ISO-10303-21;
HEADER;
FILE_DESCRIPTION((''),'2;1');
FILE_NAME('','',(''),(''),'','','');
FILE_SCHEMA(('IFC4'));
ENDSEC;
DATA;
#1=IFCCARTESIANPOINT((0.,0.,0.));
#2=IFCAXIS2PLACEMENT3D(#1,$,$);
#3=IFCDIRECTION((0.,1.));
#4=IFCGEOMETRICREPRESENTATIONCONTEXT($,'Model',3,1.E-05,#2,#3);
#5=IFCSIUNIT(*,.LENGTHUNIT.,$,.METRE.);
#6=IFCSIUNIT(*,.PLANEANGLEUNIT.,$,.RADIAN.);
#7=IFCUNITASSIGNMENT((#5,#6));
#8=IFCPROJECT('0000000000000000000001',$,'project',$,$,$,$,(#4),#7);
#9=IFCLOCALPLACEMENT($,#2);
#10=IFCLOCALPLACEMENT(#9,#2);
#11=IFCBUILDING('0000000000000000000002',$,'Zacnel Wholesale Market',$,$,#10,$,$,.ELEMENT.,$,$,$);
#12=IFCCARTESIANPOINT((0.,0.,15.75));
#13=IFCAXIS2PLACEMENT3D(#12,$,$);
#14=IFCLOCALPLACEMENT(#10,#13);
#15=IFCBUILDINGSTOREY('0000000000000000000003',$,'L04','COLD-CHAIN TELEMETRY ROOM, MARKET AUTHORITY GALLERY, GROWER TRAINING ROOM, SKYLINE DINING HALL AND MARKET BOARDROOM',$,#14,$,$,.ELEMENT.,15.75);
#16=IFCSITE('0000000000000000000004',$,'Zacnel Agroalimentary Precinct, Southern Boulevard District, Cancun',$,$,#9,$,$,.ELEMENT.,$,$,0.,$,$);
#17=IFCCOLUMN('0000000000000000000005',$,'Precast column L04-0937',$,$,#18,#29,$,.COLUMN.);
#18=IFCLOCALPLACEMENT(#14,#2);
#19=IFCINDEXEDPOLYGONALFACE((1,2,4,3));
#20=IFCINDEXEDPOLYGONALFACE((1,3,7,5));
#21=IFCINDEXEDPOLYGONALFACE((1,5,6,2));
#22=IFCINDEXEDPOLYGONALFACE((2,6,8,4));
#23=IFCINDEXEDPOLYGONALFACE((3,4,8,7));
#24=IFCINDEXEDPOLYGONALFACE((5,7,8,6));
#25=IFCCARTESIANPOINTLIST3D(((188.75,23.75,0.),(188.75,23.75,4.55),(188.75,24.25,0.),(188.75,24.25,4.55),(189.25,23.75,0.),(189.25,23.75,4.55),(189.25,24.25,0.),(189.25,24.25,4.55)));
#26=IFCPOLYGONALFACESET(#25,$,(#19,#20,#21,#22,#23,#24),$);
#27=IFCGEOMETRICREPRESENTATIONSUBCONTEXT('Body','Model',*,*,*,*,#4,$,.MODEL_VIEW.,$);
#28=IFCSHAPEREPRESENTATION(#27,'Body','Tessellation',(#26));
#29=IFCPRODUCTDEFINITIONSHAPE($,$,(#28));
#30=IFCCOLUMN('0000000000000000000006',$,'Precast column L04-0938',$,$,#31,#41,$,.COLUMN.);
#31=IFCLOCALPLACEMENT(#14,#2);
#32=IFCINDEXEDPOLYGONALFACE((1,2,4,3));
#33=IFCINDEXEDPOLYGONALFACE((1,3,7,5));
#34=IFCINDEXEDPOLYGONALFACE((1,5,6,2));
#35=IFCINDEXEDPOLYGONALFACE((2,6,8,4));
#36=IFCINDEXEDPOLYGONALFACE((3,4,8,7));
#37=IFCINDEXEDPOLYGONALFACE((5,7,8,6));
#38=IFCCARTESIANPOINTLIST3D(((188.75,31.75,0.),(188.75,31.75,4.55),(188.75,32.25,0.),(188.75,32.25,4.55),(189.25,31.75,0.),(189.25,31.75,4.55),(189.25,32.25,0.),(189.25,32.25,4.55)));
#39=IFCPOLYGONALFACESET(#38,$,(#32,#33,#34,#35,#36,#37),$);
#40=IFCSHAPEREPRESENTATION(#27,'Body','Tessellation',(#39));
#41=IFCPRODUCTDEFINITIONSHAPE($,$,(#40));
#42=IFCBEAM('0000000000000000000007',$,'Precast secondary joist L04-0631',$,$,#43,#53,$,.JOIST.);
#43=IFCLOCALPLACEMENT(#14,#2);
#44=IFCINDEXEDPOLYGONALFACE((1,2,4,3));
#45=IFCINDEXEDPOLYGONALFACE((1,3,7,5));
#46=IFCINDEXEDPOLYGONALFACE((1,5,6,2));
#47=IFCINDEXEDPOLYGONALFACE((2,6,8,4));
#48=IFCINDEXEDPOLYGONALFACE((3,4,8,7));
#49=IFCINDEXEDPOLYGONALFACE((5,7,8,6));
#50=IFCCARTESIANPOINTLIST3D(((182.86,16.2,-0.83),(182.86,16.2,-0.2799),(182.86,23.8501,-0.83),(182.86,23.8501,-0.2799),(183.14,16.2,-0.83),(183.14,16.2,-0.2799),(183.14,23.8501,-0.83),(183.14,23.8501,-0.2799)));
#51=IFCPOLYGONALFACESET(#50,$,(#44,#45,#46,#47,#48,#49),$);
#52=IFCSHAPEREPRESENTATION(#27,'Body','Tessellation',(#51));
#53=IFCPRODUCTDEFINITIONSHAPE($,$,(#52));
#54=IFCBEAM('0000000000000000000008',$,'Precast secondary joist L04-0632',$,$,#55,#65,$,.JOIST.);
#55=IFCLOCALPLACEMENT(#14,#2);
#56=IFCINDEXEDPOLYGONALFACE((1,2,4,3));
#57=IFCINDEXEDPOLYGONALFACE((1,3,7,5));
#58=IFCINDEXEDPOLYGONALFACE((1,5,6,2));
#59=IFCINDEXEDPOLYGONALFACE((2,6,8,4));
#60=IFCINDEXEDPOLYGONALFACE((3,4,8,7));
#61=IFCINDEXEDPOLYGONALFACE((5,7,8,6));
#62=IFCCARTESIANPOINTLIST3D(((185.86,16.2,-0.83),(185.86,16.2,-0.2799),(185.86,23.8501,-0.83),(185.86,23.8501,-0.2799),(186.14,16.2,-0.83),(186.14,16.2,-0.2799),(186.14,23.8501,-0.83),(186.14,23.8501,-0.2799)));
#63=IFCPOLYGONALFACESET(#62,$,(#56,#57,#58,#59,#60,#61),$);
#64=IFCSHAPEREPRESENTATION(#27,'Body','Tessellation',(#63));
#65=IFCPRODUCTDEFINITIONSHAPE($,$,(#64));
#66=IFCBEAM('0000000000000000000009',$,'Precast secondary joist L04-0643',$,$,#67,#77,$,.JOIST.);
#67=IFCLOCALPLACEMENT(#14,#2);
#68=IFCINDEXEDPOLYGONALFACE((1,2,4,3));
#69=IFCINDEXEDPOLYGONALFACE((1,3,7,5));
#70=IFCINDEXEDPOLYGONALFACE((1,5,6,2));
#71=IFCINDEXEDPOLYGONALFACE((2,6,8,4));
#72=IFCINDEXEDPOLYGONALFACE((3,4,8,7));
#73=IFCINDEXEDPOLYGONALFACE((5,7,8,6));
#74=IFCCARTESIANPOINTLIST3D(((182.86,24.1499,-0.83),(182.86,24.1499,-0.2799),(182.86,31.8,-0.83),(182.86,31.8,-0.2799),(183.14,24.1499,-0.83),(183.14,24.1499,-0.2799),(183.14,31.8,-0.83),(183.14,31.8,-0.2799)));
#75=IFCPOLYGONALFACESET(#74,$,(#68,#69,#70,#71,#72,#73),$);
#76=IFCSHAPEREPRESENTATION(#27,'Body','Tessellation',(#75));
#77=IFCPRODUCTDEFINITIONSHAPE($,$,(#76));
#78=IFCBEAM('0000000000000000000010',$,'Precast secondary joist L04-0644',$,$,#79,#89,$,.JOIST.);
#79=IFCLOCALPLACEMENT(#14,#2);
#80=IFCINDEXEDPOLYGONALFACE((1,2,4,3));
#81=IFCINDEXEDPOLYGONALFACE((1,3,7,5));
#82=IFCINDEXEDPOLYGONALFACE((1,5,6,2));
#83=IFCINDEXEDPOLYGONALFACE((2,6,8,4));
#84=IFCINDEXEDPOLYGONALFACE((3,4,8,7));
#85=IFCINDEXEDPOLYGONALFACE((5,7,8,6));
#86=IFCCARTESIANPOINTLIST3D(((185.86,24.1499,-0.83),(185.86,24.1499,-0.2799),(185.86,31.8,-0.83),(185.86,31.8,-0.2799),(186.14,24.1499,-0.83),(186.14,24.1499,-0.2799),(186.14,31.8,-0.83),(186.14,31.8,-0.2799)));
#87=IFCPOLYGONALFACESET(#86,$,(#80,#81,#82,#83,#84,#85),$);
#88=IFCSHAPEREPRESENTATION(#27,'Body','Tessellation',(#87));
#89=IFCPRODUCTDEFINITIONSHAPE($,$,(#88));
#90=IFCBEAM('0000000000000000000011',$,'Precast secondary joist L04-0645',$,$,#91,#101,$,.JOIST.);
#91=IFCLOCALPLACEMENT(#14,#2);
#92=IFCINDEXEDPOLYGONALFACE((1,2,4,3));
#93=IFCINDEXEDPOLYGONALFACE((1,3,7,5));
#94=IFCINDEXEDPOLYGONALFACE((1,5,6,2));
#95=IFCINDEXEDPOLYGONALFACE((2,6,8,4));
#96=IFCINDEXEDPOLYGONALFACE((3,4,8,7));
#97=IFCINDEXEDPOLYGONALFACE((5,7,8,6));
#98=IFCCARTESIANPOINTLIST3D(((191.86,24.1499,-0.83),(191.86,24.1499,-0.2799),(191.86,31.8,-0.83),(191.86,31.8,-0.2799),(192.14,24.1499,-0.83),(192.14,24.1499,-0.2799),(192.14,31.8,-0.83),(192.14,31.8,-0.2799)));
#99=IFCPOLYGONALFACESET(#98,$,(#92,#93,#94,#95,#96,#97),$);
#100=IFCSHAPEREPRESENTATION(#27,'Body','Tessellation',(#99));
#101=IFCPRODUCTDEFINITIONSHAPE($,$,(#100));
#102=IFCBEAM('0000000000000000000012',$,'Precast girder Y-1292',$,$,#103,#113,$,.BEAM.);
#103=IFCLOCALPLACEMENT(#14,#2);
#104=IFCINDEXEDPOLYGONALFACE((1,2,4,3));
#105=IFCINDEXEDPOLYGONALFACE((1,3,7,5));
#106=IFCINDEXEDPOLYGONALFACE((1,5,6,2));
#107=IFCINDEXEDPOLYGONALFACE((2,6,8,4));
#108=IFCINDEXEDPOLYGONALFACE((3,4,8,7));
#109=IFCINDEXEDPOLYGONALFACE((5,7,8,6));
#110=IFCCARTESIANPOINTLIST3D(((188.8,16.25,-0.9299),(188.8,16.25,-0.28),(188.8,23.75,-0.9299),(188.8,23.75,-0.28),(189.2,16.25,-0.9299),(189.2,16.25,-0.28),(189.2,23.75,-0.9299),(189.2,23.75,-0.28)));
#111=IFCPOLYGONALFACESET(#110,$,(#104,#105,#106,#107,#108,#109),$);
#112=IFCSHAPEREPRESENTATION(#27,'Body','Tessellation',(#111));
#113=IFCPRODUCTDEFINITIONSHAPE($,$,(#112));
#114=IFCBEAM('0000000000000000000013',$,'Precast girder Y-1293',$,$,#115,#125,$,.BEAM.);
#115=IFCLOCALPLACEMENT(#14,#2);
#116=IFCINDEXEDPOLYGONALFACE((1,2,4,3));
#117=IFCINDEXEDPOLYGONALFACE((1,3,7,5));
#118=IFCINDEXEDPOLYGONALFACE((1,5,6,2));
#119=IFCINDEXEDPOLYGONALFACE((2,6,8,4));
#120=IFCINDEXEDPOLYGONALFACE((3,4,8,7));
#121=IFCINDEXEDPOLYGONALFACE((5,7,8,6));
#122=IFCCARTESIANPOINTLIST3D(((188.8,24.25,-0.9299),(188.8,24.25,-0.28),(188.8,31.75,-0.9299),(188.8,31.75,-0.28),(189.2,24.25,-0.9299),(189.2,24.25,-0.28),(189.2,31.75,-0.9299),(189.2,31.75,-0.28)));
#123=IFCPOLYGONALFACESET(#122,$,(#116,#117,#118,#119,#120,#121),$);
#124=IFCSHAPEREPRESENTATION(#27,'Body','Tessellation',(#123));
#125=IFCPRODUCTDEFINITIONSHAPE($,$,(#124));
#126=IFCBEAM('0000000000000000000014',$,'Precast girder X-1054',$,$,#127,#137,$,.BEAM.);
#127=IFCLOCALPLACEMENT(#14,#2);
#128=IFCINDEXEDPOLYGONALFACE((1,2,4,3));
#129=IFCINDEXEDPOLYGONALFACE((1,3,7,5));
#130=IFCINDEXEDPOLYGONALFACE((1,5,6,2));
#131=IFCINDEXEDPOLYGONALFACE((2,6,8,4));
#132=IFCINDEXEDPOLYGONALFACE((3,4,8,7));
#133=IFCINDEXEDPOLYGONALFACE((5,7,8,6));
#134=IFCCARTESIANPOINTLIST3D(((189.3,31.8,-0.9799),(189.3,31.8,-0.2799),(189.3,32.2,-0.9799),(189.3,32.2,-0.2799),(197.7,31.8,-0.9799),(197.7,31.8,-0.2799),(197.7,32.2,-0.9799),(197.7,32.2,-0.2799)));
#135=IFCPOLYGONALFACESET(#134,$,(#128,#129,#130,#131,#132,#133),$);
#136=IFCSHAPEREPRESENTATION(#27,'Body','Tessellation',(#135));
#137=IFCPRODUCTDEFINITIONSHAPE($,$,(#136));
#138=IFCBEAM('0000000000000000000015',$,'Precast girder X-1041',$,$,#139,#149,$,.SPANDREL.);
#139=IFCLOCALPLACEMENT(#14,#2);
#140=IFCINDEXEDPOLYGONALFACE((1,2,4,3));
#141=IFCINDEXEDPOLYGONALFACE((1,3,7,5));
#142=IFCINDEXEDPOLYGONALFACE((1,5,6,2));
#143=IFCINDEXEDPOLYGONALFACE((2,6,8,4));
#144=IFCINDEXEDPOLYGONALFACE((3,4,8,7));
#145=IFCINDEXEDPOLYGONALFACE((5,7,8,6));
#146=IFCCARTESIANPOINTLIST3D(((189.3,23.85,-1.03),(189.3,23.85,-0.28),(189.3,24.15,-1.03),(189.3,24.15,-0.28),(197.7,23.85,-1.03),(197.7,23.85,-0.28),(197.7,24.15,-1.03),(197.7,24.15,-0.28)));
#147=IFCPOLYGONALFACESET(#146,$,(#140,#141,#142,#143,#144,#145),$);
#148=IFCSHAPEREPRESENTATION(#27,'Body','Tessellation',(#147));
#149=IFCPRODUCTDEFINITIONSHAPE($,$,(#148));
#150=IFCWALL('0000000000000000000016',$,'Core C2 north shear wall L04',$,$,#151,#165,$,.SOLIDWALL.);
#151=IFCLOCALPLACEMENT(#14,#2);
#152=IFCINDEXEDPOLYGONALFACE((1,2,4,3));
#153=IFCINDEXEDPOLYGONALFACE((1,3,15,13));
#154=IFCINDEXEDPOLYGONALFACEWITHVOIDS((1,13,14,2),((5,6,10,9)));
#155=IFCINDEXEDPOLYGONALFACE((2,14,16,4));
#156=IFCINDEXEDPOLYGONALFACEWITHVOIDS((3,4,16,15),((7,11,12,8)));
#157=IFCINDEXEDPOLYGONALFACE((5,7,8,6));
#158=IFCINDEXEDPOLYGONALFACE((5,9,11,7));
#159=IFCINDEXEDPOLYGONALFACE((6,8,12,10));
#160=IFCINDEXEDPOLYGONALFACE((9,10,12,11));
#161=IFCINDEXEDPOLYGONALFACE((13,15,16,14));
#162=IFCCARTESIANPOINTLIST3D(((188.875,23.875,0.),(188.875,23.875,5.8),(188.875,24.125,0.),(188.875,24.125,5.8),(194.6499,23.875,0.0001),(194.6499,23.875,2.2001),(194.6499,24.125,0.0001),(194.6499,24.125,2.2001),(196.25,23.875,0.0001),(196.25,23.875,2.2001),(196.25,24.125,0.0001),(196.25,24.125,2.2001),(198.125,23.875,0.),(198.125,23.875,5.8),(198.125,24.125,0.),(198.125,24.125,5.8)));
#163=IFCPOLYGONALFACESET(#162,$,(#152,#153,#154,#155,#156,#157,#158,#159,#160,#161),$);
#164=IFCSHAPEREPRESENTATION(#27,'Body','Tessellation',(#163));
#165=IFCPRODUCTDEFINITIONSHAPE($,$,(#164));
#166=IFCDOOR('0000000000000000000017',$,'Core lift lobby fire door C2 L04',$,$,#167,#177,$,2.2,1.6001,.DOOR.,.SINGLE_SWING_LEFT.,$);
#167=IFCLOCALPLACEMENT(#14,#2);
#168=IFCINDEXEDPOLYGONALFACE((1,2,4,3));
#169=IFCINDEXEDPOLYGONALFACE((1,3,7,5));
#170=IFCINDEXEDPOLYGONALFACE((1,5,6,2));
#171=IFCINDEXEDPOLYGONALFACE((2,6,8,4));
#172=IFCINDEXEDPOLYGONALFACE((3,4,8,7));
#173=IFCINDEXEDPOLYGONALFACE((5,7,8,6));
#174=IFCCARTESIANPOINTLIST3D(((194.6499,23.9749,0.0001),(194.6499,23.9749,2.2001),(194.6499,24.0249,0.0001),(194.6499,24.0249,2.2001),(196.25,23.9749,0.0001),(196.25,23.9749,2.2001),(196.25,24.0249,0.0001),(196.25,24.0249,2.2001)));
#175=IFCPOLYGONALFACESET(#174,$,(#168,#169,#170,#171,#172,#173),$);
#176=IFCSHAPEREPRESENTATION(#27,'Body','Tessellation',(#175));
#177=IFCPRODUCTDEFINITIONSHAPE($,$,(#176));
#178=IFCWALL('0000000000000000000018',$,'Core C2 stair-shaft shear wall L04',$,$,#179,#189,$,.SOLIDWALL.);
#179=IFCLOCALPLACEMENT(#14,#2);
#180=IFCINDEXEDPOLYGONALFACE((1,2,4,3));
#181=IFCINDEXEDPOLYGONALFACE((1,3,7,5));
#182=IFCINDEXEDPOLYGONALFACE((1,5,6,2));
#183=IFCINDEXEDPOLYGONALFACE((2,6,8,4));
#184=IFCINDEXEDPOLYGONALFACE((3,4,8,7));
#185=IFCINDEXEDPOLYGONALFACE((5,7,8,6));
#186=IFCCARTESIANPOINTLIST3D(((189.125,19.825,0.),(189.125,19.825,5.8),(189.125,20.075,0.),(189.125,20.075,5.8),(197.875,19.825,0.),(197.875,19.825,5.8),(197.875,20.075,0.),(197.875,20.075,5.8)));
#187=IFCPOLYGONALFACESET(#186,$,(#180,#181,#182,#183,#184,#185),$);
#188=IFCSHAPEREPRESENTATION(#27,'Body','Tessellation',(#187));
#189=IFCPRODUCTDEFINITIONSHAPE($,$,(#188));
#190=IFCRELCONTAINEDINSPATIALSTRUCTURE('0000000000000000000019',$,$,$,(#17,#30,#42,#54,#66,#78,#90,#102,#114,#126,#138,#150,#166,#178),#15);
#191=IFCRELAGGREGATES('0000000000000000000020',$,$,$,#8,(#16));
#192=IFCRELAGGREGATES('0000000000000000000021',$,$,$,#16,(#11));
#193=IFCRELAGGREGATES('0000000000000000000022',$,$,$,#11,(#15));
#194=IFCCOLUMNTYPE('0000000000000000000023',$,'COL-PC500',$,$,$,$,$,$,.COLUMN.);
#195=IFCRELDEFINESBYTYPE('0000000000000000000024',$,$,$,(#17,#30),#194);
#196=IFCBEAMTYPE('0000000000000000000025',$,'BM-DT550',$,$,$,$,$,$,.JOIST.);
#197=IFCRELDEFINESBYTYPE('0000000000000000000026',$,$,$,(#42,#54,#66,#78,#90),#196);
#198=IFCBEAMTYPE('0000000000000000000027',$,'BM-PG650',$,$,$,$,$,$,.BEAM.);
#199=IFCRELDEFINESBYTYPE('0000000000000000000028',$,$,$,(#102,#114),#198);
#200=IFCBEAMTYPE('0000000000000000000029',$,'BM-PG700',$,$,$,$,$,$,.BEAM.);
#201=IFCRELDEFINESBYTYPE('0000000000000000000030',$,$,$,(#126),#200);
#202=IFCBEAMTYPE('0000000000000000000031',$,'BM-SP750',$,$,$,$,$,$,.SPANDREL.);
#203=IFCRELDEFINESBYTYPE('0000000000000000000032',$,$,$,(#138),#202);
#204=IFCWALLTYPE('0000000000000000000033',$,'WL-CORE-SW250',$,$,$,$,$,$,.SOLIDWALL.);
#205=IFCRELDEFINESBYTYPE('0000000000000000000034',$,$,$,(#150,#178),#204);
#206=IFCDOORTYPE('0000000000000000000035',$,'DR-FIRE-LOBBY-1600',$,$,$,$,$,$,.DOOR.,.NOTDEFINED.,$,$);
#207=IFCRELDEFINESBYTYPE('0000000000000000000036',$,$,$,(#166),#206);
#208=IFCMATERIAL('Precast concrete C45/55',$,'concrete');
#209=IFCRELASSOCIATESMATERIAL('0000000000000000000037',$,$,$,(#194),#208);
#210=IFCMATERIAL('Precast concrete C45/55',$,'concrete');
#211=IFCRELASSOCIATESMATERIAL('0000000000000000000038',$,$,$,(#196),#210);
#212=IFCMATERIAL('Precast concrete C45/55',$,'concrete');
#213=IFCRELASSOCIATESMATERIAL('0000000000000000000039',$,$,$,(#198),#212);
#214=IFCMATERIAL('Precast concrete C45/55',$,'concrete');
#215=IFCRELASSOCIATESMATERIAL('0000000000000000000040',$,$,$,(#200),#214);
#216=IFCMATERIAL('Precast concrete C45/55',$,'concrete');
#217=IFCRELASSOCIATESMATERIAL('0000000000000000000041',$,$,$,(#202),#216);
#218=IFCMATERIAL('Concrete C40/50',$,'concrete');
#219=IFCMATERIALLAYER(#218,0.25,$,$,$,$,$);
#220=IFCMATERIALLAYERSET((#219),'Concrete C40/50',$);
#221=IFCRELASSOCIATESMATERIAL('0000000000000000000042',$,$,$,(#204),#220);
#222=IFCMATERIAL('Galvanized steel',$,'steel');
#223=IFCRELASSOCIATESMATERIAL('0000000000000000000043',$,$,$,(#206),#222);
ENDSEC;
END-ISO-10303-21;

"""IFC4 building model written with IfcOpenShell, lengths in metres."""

from ifc_helpers import new_model, si_unit, direction, frame, frame_2d, origin, origin_2d, place, context, subcontext, project, spatial, rectangle, extrude, material, layer, layer_set, material_profile, profile_set, type_object, element, fill, save


model = new_model("IFC4")

# Units and contexts
model_context = context("Model", 3, precision=1e-05, world=origin(), true_north=direction((0.0, 1.0)))
body_context = subcontext(model_context, "Body", "Model", "MODEL_VIEW")
ifc_project = project(units=[si_unit("LENGTHUNIT", "METRE"), si_unit("PLANEANGLEUNIT", "RADIAN")], contexts=[model_context])

# Site, building, storey
site_placement = place(None, origin())
site = spatial("IfcSite", under=ifc_project, at=site_placement, Name="Zacnel Agroalimentary Precinct, Southern Boulevard District, Cancun", CompositionType="ELEMENT", RefElevation=0.0)
building_placement = place(site_placement, origin())
building = spatial("IfcBuilding", under=site, at=building_placement, Name="Zacnel Wholesale Market", CompositionType="ELEMENT")
storey_placement = place(building_placement, frame((0.0, 0.0, 15.75)))
storey = spatial("IfcBuildingStorey", under=building, at=storey_placement, Name="L04", Description="COLD-CHAIN TELEMETRY ROOM, MARKET AUTHORITY GALLERY, GROWER TRAINING ROOM, SKYLINE DINING HALL AND MARKET BOARDROOM", CompositionType="ELEMENT", Elevation=15.75)

# Columns
ifc_material_1 = material(Name="Precast concrete C45/55", Category="concrete")
ifc_material_profile_1 = material_profile(ifc_material_1, rectangle(XDim=0.5, YDim=0.5, at=origin_2d()), Name="PC 500x500")
ifc_profile_set_1 = profile_set([ifc_material_profile_1], Name="Precast concrete C45/55")
column_type = type_object("IfcColumnType", Name="COL-PC500", PredefinedType="COLUMN", material=ifc_profile_set_1)
for number, where, z_axis, x_axis, name in (
    (1, (189.0, 24.0, 0.0), (0.0, 0.0, 1.0), (1.0, 0.0, 0.0), "Precast column L04-0937"),
    (2, (189.0, 32.0, 0.0), (0.0, 0.0, 1.0), (1.0, 0.0, 0.0), "Precast column L04-0938"),
):
    element("IfcColumn", number, at=place(storey_placement, frame(where, z_axis=z_axis, x_axis=x_axis)), inside=storey, type_object=column_type, Name=name, PredefinedType="COLUMN", context=body_context, shape_type="SweptSolid", body=[
        extrude(rectangle(XDim=0.5, YDim=0.5, at=origin_2d()), origin(), (0.0, 0.0, 1.0), 4.55),
    ])

# Beams
ifc_material_2 = material(Name="Precast concrete C45/55", Category="concrete")
ifc_material_profile_2 = material_profile(ifc_material_2, rectangle(XDim=0.28, YDim=0.55, at=origin_2d()), Name="DT RIB 280x550")
ifc_profile_set_2 = profile_set([ifc_material_profile_2], Name="Precast concrete C45/55")
beam_type_1 = type_object("IfcBeamType", Name="BM-DT550", PredefinedType="JOIST", material=ifc_profile_set_2)
for number, where, z_axis, x_axis, name in (
    (3, (183.0, 16.2, -0.5549), (0.0, 1.0, 0.0), (-1.0, 0.0, 0.0), "Precast secondary joist L04-0631"),
    (4, (186.0, 16.2, -0.5549), (0.0, 1.0, 0.0), (-1.0, 0.0, 0.0), "Precast secondary joist L04-0632"),
    (5, (183.0, 24.1499, -0.5549), (0.0, 1.0, 0.0), (-1.0, 0.0, 0.0), "Precast secondary joist L04-0643"),
    (6, (186.0, 24.1499, -0.5549), (0.0, 1.0, 0.0), (-1.0, 0.0, 0.0), "Precast secondary joist L04-0644"),
    (7, (192.0, 24.1499, -0.5549), (0.0, 1.0, 0.0), (-1.0, 0.0, 0.0), "Precast secondary joist L04-0645"),
):
    element("IfcBeam", number, at=place(storey_placement, frame(where, z_axis=z_axis, x_axis=x_axis)), inside=storey, type_object=beam_type_1, Name=name, PredefinedType="JOIST", context=body_context, shape_type="SweptSolid", body=[
        extrude(rectangle(XDim=0.28, YDim=0.55, at=origin_2d()), origin(), (0.0, 0.0, 1.0), 7.6501),
    ])
ifc_material_3 = material(Name="Precast concrete C45/55", Category="concrete")
ifc_material_profile_3 = material_profile(ifc_material_3, rectangle(XDim=0.3999, YDim=0.6499, at=origin_2d()), Name="PG 400x650")
ifc_profile_set_3 = profile_set([ifc_material_profile_3], Name="Precast concrete C45/55")
beam_type_2 = type_object("IfcBeamType", Name="BM-PG650", PredefinedType="BEAM", material=ifc_profile_set_3)
for number, where, z_axis, x_axis, name in (
    (8, (189.0, 16.25, -0.605), (0.0, 1.0, 0.0), (-1.0, 0.0, 0.0), "Precast girder Y-1292"),
    (9, (189.0, 24.25, -0.605), (0.0, 1.0, 0.0), (-1.0, 0.0, 0.0), "Precast girder Y-1293"),
):
    element("IfcBeam", number, at=place(storey_placement, frame(where, z_axis=z_axis, x_axis=x_axis)), inside=storey, type_object=beam_type_2, Name=name, PredefinedType="BEAM", context=body_context, shape_type="SweptSolid", body=[
        extrude(rectangle(XDim=0.3999, YDim=0.6499, at=origin_2d()), origin(), (0.0, 0.0, 1.0), 7.5),
    ])
ifc_material_4 = material(Name="Precast concrete C45/55", Category="concrete")
ifc_material_profile_4 = material_profile(ifc_material_4, rectangle(XDim=0.3999, YDim=0.7, at=origin_2d()), Name="PG 400x700")
ifc_profile_set_4 = profile_set([ifc_material_profile_4], Name="Precast concrete C45/55")
beam_type_3 = type_object("IfcBeamType", Name="BM-PG700", PredefinedType="BEAM", material=ifc_profile_set_4)
beam_1_placement = place(storey_placement, frame((189.3, 32.0, -0.6299), z_axis=(1.0, 0.0, 0.0), x_axis=(0.0, 1.0, 0.0)))
element("IfcBeam", 10, at=beam_1_placement, inside=storey, type_object=beam_type_3, Name="Precast girder X-1054", PredefinedType="BEAM", context=body_context, shape_type="SweptSolid", body=[
    extrude(rectangle(XDim=0.3999, YDim=0.7, at=origin_2d()), origin(), (0.0, 0.0, 1.0), 8.3999),
])
ifc_material_5 = material(Name="Precast concrete C45/55", Category="concrete")
ifc_material_profile_5 = material_profile(ifc_material_5, rectangle(XDim=0.3, YDim=0.75, at=origin_2d()), Name="SP 300x750")
ifc_profile_set_5 = profile_set([ifc_material_profile_5], Name="Precast concrete C45/55")
beam_type_4 = type_object("IfcBeamType", Name="BM-SP750", PredefinedType="SPANDREL", material=ifc_profile_set_5)
beam_2_placement = place(storey_placement, frame((189.3, 24.0, -0.655), z_axis=(1.0, 0.0, 0.0), x_axis=(0.0, 1.0, 0.0)))
element("IfcBeam", 11, at=beam_2_placement, inside=storey, type_object=beam_type_4, Name="Precast girder X-1041", PredefinedType="SPANDREL", context=body_context, shape_type="SweptSolid", body=[
    extrude(rectangle(XDim=0.3, YDim=0.75, at=origin_2d()), origin(), (0.0, 0.0, 1.0), 8.3999),
])

# Wall, opening, door
ifc_material_6 = material(Name="Concrete C40/50", Category="concrete")
ifc_layer_1 = layer(ifc_material_6, 0.25)
ifc_layer_set_1 = layer_set([ifc_layer_1], Name="Concrete C40/50")
wall_type_1 = type_object("IfcWallType", Name="WL-CORE-SW250", PredefinedType="SOLIDWALL", material=ifc_layer_set_1)
wall_1_placement = place(storey_placement, frame((188.875, 24.0, 0.0), z_axis=(0.0, 0.0, 1.0), x_axis=(1.0, 0.0, 0.0)))
wall_1 = element("IfcWall", 12, at=wall_1_placement, inside=storey, type_object=wall_type_1, Name="Core C2 north shear wall L04", PredefinedType="SOLIDWALL", context=body_context, shape_type="SweptSolid", body=[
    extrude(rectangle(XDim=9.25, YDim=0.25, at=frame_2d((4.625, 0.0))), origin(), (0.0, 0.0, 1.0), 5.8),
])
opening_1_placement = place(wall_1_placement, frame((5.7749, 0.0, 0.0)))
opening_1 = element("IfcOpeningElement", 13, at=opening_1_placement, cuts=wall_1, PredefinedType="OPENING", context=body_context, shape_type="SweptSolid", body=[
    extrude(rectangle(XDim=1.6001, YDim=2.2, at=frame_2d((0.8, 1.1001))), frame((0.0, 0.135, 0.0), z_axis=(0.0, -1.0, 0.0), x_axis=(1.0, 0.0, 0.0)), (0.0, 0.0, 1.0), 0.27),
])
ifc_material_7 = material(Name="Galvanized steel", Category="steel")
door_type_1 = type_object("IfcDoorType", Name="DR-FIRE-LOBBY-1600", OperationType="NOTDEFINED", PredefinedType="DOOR", material=ifc_material_7)
door_1_placement = place(opening_1_placement, origin())
door_1 = element("IfcDoor", 14, at=door_1_placement, inside=storey, type_object=door_type_1, Name="Core lift lobby fire door C2 L04", OperationType="SINGLE_SWING_LEFT", OverallHeight=2.2, OverallWidth=1.6001, PredefinedType="DOOR", context=body_context, shape_type="SweptSolid", body=[
    extrude(rectangle(XDim=1.6001, YDim=2.2, at=frame_2d((0.8, 1.1001))), frame((0.0, 0.0249, 0.0), z_axis=(0.0, -1.0, 0.0), x_axis=(1.0, 0.0, 0.0)), (0.0, 0.0, 1.0), 0.05),
])
fill(opening_1, door_1)

# Wall
wall_2_placement = place(storey_placement, frame((189.125, 19.95, 0.0), z_axis=(0.0, 0.0, 1.0), x_axis=(1.0, 0.0, 0.0)))
element("IfcWall", 15, at=wall_2_placement, inside=storey, type_object=wall_type_1, Name="Core C2 stair-shaft shear wall L04", PredefinedType="SOLIDWALL", context=body_context, shape_type="SweptSolid", body=[
    extrude(rectangle(XDim=8.75, YDim=0.25, at=frame_2d((4.375, 0.0))), origin(), (0.0, 0.0, 1.0), 5.8),
])

save(model, "model.ifc")
